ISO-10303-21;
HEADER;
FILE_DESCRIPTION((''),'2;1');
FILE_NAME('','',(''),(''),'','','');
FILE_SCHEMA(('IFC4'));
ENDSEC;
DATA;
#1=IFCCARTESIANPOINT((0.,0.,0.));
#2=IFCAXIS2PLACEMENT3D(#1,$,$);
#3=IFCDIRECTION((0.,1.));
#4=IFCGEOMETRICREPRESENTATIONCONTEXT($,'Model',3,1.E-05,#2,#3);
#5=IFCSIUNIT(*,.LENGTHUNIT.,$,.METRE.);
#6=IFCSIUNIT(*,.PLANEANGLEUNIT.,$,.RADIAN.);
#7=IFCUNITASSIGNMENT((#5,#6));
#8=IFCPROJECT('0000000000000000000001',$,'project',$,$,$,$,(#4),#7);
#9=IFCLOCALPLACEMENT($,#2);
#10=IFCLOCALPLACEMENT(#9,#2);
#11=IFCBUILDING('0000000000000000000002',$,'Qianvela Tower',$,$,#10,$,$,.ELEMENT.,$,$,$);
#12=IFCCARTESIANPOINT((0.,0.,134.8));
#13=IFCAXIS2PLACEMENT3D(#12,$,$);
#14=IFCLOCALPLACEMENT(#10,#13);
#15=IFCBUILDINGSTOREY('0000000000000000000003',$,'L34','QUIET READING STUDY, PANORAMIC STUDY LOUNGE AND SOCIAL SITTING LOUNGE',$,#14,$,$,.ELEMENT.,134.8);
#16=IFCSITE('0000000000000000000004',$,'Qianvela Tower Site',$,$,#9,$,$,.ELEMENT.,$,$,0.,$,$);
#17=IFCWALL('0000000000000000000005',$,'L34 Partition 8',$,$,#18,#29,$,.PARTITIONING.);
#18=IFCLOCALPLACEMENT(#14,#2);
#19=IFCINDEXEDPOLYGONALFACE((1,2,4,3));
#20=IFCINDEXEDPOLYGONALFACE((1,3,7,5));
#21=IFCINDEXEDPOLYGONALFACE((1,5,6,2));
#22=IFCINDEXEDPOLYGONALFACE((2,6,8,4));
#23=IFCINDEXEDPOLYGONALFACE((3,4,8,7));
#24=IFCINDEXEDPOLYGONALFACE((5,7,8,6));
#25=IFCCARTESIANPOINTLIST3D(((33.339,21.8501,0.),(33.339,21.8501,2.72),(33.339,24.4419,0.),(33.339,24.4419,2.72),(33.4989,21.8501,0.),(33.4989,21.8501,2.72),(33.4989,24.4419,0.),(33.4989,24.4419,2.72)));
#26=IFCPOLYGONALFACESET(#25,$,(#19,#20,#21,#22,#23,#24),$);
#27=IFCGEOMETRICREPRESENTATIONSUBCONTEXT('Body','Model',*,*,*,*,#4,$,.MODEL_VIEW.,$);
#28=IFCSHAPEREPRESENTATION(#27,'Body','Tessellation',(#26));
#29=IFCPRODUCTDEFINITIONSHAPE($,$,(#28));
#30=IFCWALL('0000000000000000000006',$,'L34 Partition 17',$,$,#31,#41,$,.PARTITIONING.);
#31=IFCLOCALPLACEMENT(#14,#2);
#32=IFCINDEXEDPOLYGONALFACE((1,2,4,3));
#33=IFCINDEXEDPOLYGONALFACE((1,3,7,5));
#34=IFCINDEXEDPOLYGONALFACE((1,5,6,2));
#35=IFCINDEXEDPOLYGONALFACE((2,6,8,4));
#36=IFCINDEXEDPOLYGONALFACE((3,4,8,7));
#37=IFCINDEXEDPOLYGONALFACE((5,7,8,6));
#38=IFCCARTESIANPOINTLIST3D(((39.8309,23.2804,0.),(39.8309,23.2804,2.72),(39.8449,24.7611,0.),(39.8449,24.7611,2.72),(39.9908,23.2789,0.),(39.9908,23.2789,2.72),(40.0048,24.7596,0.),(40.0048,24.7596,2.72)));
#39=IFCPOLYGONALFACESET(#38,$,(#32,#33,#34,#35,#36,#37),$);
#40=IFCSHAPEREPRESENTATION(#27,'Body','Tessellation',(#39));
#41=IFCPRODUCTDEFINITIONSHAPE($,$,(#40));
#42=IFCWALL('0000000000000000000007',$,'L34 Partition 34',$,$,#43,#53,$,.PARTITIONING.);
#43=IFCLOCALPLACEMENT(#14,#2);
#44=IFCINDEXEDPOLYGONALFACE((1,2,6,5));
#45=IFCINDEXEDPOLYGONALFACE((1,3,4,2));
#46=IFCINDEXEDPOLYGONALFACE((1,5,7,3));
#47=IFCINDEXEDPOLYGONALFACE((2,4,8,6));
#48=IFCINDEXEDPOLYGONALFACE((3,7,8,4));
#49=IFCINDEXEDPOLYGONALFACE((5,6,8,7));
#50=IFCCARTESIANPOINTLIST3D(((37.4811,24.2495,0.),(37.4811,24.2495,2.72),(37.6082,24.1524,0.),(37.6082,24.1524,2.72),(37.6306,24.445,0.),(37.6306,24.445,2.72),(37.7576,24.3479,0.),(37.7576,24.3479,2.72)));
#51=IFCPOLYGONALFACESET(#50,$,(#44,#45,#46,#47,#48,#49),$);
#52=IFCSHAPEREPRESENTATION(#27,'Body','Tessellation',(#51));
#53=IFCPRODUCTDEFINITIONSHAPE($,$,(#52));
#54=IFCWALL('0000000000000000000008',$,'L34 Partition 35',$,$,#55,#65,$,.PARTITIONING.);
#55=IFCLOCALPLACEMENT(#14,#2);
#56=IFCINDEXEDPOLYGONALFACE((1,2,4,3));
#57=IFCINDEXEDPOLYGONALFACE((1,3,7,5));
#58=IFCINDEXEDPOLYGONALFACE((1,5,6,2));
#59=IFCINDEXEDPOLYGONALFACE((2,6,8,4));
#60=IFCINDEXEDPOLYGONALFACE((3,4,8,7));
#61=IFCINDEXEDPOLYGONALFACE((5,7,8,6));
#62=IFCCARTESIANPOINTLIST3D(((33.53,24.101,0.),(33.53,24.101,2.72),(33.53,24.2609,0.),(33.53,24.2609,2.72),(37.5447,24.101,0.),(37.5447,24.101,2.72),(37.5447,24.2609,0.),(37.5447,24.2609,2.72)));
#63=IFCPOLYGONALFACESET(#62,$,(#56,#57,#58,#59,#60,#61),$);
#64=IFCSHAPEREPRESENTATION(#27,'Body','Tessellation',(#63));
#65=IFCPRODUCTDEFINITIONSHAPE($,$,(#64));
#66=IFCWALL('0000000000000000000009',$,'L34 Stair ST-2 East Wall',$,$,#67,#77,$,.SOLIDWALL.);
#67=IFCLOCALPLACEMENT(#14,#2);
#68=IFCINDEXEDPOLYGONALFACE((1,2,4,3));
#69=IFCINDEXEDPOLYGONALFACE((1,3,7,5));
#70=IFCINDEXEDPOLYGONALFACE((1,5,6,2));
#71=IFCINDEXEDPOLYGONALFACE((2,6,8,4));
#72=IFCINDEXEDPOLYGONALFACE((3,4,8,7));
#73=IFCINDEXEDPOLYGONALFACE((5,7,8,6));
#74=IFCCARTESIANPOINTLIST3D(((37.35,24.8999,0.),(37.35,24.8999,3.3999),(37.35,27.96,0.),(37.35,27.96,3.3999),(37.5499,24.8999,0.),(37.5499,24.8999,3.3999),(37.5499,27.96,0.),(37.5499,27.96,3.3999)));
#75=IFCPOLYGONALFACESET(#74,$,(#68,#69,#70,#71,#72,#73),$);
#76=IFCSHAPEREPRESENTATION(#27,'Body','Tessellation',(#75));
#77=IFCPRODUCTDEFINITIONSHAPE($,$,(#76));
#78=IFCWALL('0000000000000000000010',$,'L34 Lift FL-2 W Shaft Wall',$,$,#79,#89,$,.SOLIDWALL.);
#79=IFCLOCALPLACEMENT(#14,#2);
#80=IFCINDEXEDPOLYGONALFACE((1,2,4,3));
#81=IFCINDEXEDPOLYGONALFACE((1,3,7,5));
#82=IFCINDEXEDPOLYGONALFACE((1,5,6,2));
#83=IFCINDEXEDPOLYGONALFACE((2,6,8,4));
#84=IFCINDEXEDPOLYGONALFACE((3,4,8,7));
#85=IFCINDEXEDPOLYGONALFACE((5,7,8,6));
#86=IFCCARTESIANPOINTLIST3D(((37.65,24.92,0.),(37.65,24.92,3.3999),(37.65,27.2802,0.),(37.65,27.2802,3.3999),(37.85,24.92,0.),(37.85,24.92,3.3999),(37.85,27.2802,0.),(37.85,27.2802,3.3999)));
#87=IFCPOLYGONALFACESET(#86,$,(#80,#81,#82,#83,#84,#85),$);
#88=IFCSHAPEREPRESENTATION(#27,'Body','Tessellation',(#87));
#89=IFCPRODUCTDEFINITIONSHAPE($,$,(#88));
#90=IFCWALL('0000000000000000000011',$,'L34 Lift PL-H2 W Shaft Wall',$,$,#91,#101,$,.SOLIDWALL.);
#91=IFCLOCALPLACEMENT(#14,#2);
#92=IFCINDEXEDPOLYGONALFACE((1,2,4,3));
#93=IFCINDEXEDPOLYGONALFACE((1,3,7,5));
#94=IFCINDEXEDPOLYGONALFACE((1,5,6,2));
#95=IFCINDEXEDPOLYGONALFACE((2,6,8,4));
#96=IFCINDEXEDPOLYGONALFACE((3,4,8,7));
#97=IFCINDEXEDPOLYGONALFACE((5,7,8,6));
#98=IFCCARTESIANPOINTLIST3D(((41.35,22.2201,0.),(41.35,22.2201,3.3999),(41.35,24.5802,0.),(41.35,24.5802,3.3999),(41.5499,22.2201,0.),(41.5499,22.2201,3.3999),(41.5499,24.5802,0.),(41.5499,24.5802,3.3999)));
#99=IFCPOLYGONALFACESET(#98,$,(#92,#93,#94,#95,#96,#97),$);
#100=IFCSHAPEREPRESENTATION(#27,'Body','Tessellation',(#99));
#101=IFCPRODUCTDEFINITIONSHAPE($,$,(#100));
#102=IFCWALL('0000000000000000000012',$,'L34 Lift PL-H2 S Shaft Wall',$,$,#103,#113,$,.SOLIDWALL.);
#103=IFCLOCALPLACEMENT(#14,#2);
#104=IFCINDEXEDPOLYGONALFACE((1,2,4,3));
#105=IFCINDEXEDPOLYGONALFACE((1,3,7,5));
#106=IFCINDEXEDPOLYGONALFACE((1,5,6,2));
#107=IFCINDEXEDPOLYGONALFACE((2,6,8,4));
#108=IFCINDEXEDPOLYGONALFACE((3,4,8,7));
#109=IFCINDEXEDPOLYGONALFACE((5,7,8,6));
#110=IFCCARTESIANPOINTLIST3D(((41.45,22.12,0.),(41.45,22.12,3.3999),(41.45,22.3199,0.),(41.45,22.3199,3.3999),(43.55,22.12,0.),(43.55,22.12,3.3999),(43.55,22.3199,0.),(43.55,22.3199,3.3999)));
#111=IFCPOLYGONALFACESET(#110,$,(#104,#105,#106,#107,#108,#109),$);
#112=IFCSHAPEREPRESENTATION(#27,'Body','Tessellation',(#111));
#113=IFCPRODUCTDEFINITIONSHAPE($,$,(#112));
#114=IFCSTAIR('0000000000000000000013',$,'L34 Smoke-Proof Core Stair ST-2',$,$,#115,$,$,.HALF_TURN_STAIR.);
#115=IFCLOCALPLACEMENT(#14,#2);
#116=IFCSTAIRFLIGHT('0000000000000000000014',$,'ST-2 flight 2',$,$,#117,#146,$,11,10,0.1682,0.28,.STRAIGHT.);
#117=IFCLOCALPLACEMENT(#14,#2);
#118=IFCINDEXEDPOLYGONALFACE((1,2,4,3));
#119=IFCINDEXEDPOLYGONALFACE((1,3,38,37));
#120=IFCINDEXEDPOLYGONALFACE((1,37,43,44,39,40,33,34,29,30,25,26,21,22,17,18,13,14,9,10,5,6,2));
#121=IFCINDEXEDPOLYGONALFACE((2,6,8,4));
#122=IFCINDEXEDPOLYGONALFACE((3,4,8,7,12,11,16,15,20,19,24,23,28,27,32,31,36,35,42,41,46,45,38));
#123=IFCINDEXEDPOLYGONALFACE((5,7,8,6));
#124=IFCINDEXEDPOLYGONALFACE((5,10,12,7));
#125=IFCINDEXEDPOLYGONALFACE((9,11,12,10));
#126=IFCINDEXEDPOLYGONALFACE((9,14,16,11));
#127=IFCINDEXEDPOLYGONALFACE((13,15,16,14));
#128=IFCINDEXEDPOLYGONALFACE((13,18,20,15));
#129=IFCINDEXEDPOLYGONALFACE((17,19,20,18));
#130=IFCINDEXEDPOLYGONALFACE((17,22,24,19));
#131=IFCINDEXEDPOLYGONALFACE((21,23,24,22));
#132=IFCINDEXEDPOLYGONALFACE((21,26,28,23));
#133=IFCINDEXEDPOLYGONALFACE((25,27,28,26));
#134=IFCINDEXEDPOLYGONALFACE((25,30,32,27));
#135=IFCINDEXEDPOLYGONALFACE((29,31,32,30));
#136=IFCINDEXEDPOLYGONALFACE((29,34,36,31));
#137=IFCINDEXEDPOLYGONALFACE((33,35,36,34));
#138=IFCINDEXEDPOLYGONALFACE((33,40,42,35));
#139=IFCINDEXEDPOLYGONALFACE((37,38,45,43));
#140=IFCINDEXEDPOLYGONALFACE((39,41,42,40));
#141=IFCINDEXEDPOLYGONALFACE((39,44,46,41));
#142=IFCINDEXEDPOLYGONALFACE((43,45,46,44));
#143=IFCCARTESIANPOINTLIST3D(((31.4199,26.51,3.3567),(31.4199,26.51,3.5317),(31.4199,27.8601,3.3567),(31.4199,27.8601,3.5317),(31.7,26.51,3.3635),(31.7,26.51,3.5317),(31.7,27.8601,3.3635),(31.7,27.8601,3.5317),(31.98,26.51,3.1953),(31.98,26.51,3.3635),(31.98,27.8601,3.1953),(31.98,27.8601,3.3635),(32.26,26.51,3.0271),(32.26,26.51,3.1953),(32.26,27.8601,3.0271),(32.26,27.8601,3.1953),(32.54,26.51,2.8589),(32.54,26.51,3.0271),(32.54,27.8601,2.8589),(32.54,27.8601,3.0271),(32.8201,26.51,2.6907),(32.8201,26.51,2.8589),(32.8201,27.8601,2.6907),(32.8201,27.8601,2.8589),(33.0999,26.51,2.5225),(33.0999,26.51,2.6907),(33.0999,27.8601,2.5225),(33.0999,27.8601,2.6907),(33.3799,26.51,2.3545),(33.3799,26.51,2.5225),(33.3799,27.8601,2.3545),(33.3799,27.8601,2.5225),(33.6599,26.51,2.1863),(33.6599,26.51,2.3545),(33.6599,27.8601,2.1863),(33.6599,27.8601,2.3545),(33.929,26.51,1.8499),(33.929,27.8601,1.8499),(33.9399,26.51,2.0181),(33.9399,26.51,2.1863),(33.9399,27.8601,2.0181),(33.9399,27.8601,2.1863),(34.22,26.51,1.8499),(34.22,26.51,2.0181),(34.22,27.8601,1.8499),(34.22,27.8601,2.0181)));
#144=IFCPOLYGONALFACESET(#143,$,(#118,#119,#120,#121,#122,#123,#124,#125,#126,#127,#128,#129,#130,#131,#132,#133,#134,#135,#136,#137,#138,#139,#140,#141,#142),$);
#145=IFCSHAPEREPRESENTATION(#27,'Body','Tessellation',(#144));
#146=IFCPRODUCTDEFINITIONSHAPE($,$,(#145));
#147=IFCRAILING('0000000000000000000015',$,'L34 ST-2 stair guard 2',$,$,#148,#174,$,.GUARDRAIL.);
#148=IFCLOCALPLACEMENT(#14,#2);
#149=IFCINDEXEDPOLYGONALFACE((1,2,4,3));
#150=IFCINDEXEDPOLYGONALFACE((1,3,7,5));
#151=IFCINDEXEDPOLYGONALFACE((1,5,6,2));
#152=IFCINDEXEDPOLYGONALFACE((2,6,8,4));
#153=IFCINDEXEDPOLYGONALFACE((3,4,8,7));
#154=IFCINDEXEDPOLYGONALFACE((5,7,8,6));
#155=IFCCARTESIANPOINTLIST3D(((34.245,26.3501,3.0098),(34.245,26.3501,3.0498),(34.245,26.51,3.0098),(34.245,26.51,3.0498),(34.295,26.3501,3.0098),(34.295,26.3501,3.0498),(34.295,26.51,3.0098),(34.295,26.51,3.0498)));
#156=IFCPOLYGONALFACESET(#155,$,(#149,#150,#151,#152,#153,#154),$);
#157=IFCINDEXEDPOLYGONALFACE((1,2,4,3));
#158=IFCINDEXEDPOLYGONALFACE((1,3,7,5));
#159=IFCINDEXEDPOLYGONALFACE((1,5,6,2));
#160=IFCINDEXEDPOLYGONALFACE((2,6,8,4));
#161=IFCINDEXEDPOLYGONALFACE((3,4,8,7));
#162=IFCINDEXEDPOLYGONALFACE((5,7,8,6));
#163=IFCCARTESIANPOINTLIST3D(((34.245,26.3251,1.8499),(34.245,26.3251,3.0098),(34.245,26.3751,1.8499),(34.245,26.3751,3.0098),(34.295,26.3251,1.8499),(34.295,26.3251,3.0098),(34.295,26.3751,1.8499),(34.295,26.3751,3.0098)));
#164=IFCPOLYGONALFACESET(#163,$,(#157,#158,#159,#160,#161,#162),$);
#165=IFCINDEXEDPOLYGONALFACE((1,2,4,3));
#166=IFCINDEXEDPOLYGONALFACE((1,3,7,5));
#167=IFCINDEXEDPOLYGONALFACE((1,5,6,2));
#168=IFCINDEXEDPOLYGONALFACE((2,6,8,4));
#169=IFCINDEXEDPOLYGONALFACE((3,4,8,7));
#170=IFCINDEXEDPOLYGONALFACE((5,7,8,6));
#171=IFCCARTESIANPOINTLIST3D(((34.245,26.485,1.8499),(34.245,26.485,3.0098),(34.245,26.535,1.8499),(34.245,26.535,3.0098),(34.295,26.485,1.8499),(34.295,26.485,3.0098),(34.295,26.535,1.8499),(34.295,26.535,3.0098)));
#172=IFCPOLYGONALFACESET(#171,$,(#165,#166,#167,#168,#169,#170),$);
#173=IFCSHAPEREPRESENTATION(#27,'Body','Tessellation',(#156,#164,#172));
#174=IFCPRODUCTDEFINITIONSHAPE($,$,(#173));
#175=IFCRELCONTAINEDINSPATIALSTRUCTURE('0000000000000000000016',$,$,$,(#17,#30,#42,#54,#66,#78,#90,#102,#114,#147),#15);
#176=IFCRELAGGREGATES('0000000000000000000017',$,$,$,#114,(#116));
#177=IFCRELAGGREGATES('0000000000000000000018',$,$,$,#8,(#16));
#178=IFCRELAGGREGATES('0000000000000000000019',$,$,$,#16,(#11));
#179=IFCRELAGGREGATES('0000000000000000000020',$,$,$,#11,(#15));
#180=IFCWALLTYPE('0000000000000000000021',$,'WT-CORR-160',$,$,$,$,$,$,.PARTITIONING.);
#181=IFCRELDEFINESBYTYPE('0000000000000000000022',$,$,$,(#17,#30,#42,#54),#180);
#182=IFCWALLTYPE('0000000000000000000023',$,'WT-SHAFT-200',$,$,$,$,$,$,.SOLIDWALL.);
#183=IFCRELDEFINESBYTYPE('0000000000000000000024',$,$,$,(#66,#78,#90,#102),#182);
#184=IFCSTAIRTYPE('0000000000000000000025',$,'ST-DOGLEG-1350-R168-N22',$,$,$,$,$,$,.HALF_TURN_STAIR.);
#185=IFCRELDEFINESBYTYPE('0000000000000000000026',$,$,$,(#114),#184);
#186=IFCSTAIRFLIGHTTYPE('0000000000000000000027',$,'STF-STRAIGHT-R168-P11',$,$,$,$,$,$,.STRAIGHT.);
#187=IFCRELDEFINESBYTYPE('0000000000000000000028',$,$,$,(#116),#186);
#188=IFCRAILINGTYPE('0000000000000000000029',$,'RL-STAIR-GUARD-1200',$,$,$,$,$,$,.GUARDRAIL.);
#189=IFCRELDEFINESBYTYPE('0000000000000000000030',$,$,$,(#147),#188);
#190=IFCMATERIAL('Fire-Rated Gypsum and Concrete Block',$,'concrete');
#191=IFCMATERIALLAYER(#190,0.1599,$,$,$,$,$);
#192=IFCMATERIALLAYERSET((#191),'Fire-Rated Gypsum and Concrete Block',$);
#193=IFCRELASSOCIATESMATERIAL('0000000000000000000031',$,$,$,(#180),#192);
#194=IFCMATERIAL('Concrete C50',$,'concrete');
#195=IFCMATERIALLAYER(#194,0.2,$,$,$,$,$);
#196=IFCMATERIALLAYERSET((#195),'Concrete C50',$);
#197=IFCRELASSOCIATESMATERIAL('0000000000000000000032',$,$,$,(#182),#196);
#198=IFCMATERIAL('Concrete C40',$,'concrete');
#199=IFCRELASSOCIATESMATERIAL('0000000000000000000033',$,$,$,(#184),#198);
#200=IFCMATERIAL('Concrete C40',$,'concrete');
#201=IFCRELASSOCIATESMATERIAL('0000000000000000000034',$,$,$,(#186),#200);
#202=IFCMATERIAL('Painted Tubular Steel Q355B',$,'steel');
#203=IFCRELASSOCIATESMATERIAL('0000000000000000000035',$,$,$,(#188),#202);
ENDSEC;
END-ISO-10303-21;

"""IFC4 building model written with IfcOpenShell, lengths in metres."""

from ifc_helpers import new_model, si_unit, direction, frame, frame_2d, origin, origin_2d, place, context, subcontext, project, spatial, polyline, rectangle, outline, extrude, material, layer, layer_set, type_object, element, aggregate, save


model = new_model("IFC4")

# Units and contexts
model_context = context("Model", 3, precision=1e-05, world=origin(), true_north=direction((0.0, 1.0)))
body_context = subcontext(model_context, "Body", "Model", "MODEL_VIEW")
ifc_project = project(units=[si_unit("LENGTHUNIT", "METRE"), si_unit("PLANEANGLEUNIT", "RADIAN")], contexts=[model_context])

# Site, building, storey
site_placement = place(None, origin())
site = spatial("IfcSite", under=ifc_project, at=site_placement, Name="Qianvela Tower Site", CompositionType="ELEMENT", RefElevation=0.0)
building_placement = place(site_placement, origin())
building = spatial("IfcBuilding", under=site, at=building_placement, Name="Qianvela Tower", CompositionType="ELEMENT")
storey_placement = place(building_placement, frame((0.0, 0.0, 134.8)))
storey = spatial("IfcBuildingStorey", under=building, at=storey_placement, Name="L34", Description="QUIET READING STUDY, PANORAMIC STUDY LOUNGE AND SOCIAL SITTING LOUNGE", CompositionType="ELEMENT", Elevation=134.8)

# Walls
ifc_material_1 = material(Name="Fire-Rated Gypsum and Concrete Block", Category="concrete")
ifc_layer_1 = layer(ifc_material_1, 0.1599)
ifc_layer_set_1 = layer_set([ifc_layer_1], Name="Fire-Rated Gypsum and Concrete Block")
wall_type_1 = type_object("IfcWallType", Name="WT-CORR-160", PredefinedType="PARTITIONING", material=ifc_layer_set_1)
wall_1_placement = place(storey_placement, frame((33.4189, 24.4419, 0.0), z_axis=(0.0, 0.0, 1.0), x_axis=(0.0, -1.0, 0.0)))
element("IfcWall", 1, at=wall_1_placement, inside=storey, type_object=wall_type_1, Name="L34 Partition 8", PredefinedType="PARTITIONING", context=body_context, shape_type="SweptSolid", body=[
    extrude(rectangle(XDim=2.5918, YDim=0.1599, at=frame_2d((1.2959, 0.0))), origin(), (0.0, 0.0, 1.0), 2.72),
])
wall_2_placement = place(storey_placement, frame((39.9109, 23.2798, 0.0), z_axis=(0.0, 0.0, 1.0), x_axis=(0.009398, 0.999956, 0.0)))
element("IfcWall", 2, at=wall_2_placement, inside=storey, type_object=wall_type_1, Name="L34 Partition 17", PredefinedType="PARTITIONING", context=body_context, shape_type="SweptSolid", body=[
    extrude(rectangle(XDim=1.4807, YDim=0.1599, at=frame_2d((0.7402, 0.0))), origin(), (0.0, 0.0, 1.0), 2.72),
])
wall_3_placement = place(storey_placement, frame((37.6941, 24.3965, 0.0), z_axis=(0.0, 0.0, 1.0), x_axis=(-0.607119, -0.794611, 0.0)))
element("IfcWall", 3, at=wall_3_placement, inside=storey, type_object=wall_type_1, Name="L34 Partition 34", PredefinedType="PARTITIONING", context=body_context, shape_type="SweptSolid", body=[
    extrude(rectangle(XDim=0.2461, YDim=0.1599, at=frame_2d((0.123, 0.0))), origin(), (0.0, 0.0, 1.0), 2.72),
])
wall_4_placement = place(storey_placement, frame((37.5447, 24.1809, 0.0), z_axis=(0.0, 0.0, 1.0), x_axis=(-1.0, 0.0, 0.0)))
element("IfcWall", 4, at=wall_4_placement, inside=storey, type_object=wall_type_1, Name="L34 Partition 35", PredefinedType="PARTITIONING", context=body_context, shape_type="SweptSolid", body=[
    extrude(rectangle(XDim=4.0146, YDim=0.1599, at=frame_2d((2.0073, 0.0))), origin(), (0.0, 0.0, 1.0), 2.72),
])
ifc_material_2 = material(Name="Concrete C50", Category="concrete")
ifc_layer_2 = layer(ifc_material_2, 0.2)
ifc_layer_set_2 = layer_set([ifc_layer_2], Name="Concrete C50")
wall_type_2 = type_object("IfcWallType", Name="WT-SHAFT-200", PredefinedType="SOLIDWALL", material=ifc_layer_set_2)
wall_5_placement = place(storey_placement, frame((37.45, 24.8999, 0.0), z_axis=(0.0, 0.0, 1.0), x_axis=(0.0, 1.0, 0.0)))
element("IfcWall", 5, at=wall_5_placement, inside=storey, type_object=wall_type_2, Name="L34 Stair ST-2 East Wall", PredefinedType="SOLIDWALL", context=body_context, shape_type="SweptSolid", body=[
    extrude(rectangle(XDim=3.0601, YDim=0.2, at=frame_2d((1.53, 0.0))), origin(), (0.0, 0.0, 1.0), 3.3999),
])

# Walls
for number, where, z_axis, x_axis, name in (
    (6, (37.75, 24.9199, 0.0), (0.0, 0.0, 1.0), (0.0, 1.0, 0.0), "L34 Lift FL-2 W Shaft Wall"),
    (7, (41.45, 22.22, 0.0), (0.0, 0.0, 1.0), (0.0, 1.0, 0.0), "L34 Lift PL-H2 W Shaft Wall"),
):
    element("IfcWall", number, at=place(storey_placement, frame(where, z_axis=z_axis, x_axis=x_axis)), inside=storey, type_object=wall_type_2, Name=name, PredefinedType="SOLIDWALL", context=body_context, shape_type="SweptSolid", body=[
        extrude(rectangle(XDim=2.3601, YDim=0.2, at=frame_2d((1.1802, 0.0))), origin(), (0.0, 0.0, 1.0), 3.3999),
    ])
wall_6_placement = place(storey_placement, frame((41.45, 22.22, 0.0), z_axis=(0.0, 0.0, 1.0), x_axis=(1.0, 0.0, 0.0)))
element("IfcWall", 8, at=wall_6_placement, inside=storey, type_object=wall_type_2, Name="L34 Lift PL-H2 S Shaft Wall", PredefinedType="SOLIDWALL", context=body_context, shape_type="SweptSolid", body=[
    extrude(rectangle(XDim=2.1001, YDim=0.2, at=frame_2d((1.05, 0.0))), origin(), (0.0, 0.0, 1.0), 3.3999),
])

# Stair, stair flight
ifc_material_3 = material(Name="Concrete C40", Category="concrete")
stair_type = type_object("IfcStairType", Name="ST-DOGLEG-1350-R168-N22", PredefinedType="HALF_TURN_STAIR", material=ifc_material_3)
stair_placement = place(storey_placement, origin())
stair = element("IfcStair", 9, at=stair_placement, inside=storey, type_object=stair_type, Name="L34 Smoke-Proof Core Stair ST-2", PredefinedType="HALF_TURN_STAIR")
ifc_material_4 = material(Name="Concrete C40", Category="concrete")
stair_flight_type = type_object("IfcStairFlightType", Name="STF-STRAIGHT-R168-P11", PredefinedType="STRAIGHT", material=ifc_material_4)
stair_flight_placement = place(storey_placement, frame((34.22, 27.1851, 1.8499), z_axis=(0.0, 0.0, 1.0), x_axis=(-1.0, 0.0, 0.0)))
stair_flight = element("IfcStairFlight", 10, at=stair_flight_placement, type_object=stair_flight_type, Name="ST-2 flight 2", NumberOfRisers=11, NumberOfTreads=10, PredefinedType="STRAIGHT", RiserHeight=0.1682, TreadLength=0.28, context=body_context, shape_type="SweptSolid", body=[
    extrude(outline(polyline([(0.0, 0.0), (0.0, 0.1682), (0.28, 0.1682), (0.28, 0.3364), (0.5601, 0.3364), (0.5601, 0.5046), (0.8401, 0.5046), (0.8401, 0.6726), (1.1201, 0.6726), (1.1201, 0.8408), (1.3999, 0.8408), (1.3999, 1.009), (1.6799, 1.009), (1.6799, 1.1772), (1.96, 1.1772), (1.96, 1.3455), (2.24, 1.3455), (2.24, 1.5137), (2.52, 1.5137), (2.52, 1.6819), (2.8, 1.6819), (2.8, 1.8501), (2.8, 1.5068), (0.291, 0.0), (0.0, 0.0)])), frame((0.0, 0.675, 0.0), z_axis=(0.0, -1.0, 0.0), x_axis=(1.0, 0.0, 0.0)), (0.0, 0.0, 1.0), 1.3501),
])
aggregate(stair, [stair_flight])

# Railing
ifc_material_5 = material(Name="Painted Tubular Steel Q355B", Category="steel")
railing_type = type_object("IfcRailingType", Name="RL-STAIR-GUARD-1200", PredefinedType="GUARDRAIL", material=ifc_material_5)
railing_1_placement = place(storey_placement, frame((34.27, 26.3501, 1.8499)))
element("IfcRailing", 11, at=railing_1_placement, inside=storey, type_object=railing_type, Name="L34 ST-2 stair guard 2", PredefinedType="GUARDRAIL", context=body_context, shape_type="SweptSolid", body=[
    extrude(rectangle(XDim=0.05, YDim=0.04, at=origin_2d()), frame((0.0, 0.0, 1.1799), z_axis=(0.0, 1.0, 0.0), x_axis=(-1.0, 0.0, 0.0)), (0.0, 0.0, 1.0), 0.1599),
    extrude(rectangle(XDim=0.05, YDim=0.05, at=origin_2d()), origin(), (0.0, 0.0, 1.0), 1.1599),
    extrude(rectangle(XDim=0.05, YDim=0.05, at=origin_2d()), frame((0.0, 0.1599, 0.0)), (0.0, 0.0, 1.0), 1.1599),
])

save(model, "model.ifc")
